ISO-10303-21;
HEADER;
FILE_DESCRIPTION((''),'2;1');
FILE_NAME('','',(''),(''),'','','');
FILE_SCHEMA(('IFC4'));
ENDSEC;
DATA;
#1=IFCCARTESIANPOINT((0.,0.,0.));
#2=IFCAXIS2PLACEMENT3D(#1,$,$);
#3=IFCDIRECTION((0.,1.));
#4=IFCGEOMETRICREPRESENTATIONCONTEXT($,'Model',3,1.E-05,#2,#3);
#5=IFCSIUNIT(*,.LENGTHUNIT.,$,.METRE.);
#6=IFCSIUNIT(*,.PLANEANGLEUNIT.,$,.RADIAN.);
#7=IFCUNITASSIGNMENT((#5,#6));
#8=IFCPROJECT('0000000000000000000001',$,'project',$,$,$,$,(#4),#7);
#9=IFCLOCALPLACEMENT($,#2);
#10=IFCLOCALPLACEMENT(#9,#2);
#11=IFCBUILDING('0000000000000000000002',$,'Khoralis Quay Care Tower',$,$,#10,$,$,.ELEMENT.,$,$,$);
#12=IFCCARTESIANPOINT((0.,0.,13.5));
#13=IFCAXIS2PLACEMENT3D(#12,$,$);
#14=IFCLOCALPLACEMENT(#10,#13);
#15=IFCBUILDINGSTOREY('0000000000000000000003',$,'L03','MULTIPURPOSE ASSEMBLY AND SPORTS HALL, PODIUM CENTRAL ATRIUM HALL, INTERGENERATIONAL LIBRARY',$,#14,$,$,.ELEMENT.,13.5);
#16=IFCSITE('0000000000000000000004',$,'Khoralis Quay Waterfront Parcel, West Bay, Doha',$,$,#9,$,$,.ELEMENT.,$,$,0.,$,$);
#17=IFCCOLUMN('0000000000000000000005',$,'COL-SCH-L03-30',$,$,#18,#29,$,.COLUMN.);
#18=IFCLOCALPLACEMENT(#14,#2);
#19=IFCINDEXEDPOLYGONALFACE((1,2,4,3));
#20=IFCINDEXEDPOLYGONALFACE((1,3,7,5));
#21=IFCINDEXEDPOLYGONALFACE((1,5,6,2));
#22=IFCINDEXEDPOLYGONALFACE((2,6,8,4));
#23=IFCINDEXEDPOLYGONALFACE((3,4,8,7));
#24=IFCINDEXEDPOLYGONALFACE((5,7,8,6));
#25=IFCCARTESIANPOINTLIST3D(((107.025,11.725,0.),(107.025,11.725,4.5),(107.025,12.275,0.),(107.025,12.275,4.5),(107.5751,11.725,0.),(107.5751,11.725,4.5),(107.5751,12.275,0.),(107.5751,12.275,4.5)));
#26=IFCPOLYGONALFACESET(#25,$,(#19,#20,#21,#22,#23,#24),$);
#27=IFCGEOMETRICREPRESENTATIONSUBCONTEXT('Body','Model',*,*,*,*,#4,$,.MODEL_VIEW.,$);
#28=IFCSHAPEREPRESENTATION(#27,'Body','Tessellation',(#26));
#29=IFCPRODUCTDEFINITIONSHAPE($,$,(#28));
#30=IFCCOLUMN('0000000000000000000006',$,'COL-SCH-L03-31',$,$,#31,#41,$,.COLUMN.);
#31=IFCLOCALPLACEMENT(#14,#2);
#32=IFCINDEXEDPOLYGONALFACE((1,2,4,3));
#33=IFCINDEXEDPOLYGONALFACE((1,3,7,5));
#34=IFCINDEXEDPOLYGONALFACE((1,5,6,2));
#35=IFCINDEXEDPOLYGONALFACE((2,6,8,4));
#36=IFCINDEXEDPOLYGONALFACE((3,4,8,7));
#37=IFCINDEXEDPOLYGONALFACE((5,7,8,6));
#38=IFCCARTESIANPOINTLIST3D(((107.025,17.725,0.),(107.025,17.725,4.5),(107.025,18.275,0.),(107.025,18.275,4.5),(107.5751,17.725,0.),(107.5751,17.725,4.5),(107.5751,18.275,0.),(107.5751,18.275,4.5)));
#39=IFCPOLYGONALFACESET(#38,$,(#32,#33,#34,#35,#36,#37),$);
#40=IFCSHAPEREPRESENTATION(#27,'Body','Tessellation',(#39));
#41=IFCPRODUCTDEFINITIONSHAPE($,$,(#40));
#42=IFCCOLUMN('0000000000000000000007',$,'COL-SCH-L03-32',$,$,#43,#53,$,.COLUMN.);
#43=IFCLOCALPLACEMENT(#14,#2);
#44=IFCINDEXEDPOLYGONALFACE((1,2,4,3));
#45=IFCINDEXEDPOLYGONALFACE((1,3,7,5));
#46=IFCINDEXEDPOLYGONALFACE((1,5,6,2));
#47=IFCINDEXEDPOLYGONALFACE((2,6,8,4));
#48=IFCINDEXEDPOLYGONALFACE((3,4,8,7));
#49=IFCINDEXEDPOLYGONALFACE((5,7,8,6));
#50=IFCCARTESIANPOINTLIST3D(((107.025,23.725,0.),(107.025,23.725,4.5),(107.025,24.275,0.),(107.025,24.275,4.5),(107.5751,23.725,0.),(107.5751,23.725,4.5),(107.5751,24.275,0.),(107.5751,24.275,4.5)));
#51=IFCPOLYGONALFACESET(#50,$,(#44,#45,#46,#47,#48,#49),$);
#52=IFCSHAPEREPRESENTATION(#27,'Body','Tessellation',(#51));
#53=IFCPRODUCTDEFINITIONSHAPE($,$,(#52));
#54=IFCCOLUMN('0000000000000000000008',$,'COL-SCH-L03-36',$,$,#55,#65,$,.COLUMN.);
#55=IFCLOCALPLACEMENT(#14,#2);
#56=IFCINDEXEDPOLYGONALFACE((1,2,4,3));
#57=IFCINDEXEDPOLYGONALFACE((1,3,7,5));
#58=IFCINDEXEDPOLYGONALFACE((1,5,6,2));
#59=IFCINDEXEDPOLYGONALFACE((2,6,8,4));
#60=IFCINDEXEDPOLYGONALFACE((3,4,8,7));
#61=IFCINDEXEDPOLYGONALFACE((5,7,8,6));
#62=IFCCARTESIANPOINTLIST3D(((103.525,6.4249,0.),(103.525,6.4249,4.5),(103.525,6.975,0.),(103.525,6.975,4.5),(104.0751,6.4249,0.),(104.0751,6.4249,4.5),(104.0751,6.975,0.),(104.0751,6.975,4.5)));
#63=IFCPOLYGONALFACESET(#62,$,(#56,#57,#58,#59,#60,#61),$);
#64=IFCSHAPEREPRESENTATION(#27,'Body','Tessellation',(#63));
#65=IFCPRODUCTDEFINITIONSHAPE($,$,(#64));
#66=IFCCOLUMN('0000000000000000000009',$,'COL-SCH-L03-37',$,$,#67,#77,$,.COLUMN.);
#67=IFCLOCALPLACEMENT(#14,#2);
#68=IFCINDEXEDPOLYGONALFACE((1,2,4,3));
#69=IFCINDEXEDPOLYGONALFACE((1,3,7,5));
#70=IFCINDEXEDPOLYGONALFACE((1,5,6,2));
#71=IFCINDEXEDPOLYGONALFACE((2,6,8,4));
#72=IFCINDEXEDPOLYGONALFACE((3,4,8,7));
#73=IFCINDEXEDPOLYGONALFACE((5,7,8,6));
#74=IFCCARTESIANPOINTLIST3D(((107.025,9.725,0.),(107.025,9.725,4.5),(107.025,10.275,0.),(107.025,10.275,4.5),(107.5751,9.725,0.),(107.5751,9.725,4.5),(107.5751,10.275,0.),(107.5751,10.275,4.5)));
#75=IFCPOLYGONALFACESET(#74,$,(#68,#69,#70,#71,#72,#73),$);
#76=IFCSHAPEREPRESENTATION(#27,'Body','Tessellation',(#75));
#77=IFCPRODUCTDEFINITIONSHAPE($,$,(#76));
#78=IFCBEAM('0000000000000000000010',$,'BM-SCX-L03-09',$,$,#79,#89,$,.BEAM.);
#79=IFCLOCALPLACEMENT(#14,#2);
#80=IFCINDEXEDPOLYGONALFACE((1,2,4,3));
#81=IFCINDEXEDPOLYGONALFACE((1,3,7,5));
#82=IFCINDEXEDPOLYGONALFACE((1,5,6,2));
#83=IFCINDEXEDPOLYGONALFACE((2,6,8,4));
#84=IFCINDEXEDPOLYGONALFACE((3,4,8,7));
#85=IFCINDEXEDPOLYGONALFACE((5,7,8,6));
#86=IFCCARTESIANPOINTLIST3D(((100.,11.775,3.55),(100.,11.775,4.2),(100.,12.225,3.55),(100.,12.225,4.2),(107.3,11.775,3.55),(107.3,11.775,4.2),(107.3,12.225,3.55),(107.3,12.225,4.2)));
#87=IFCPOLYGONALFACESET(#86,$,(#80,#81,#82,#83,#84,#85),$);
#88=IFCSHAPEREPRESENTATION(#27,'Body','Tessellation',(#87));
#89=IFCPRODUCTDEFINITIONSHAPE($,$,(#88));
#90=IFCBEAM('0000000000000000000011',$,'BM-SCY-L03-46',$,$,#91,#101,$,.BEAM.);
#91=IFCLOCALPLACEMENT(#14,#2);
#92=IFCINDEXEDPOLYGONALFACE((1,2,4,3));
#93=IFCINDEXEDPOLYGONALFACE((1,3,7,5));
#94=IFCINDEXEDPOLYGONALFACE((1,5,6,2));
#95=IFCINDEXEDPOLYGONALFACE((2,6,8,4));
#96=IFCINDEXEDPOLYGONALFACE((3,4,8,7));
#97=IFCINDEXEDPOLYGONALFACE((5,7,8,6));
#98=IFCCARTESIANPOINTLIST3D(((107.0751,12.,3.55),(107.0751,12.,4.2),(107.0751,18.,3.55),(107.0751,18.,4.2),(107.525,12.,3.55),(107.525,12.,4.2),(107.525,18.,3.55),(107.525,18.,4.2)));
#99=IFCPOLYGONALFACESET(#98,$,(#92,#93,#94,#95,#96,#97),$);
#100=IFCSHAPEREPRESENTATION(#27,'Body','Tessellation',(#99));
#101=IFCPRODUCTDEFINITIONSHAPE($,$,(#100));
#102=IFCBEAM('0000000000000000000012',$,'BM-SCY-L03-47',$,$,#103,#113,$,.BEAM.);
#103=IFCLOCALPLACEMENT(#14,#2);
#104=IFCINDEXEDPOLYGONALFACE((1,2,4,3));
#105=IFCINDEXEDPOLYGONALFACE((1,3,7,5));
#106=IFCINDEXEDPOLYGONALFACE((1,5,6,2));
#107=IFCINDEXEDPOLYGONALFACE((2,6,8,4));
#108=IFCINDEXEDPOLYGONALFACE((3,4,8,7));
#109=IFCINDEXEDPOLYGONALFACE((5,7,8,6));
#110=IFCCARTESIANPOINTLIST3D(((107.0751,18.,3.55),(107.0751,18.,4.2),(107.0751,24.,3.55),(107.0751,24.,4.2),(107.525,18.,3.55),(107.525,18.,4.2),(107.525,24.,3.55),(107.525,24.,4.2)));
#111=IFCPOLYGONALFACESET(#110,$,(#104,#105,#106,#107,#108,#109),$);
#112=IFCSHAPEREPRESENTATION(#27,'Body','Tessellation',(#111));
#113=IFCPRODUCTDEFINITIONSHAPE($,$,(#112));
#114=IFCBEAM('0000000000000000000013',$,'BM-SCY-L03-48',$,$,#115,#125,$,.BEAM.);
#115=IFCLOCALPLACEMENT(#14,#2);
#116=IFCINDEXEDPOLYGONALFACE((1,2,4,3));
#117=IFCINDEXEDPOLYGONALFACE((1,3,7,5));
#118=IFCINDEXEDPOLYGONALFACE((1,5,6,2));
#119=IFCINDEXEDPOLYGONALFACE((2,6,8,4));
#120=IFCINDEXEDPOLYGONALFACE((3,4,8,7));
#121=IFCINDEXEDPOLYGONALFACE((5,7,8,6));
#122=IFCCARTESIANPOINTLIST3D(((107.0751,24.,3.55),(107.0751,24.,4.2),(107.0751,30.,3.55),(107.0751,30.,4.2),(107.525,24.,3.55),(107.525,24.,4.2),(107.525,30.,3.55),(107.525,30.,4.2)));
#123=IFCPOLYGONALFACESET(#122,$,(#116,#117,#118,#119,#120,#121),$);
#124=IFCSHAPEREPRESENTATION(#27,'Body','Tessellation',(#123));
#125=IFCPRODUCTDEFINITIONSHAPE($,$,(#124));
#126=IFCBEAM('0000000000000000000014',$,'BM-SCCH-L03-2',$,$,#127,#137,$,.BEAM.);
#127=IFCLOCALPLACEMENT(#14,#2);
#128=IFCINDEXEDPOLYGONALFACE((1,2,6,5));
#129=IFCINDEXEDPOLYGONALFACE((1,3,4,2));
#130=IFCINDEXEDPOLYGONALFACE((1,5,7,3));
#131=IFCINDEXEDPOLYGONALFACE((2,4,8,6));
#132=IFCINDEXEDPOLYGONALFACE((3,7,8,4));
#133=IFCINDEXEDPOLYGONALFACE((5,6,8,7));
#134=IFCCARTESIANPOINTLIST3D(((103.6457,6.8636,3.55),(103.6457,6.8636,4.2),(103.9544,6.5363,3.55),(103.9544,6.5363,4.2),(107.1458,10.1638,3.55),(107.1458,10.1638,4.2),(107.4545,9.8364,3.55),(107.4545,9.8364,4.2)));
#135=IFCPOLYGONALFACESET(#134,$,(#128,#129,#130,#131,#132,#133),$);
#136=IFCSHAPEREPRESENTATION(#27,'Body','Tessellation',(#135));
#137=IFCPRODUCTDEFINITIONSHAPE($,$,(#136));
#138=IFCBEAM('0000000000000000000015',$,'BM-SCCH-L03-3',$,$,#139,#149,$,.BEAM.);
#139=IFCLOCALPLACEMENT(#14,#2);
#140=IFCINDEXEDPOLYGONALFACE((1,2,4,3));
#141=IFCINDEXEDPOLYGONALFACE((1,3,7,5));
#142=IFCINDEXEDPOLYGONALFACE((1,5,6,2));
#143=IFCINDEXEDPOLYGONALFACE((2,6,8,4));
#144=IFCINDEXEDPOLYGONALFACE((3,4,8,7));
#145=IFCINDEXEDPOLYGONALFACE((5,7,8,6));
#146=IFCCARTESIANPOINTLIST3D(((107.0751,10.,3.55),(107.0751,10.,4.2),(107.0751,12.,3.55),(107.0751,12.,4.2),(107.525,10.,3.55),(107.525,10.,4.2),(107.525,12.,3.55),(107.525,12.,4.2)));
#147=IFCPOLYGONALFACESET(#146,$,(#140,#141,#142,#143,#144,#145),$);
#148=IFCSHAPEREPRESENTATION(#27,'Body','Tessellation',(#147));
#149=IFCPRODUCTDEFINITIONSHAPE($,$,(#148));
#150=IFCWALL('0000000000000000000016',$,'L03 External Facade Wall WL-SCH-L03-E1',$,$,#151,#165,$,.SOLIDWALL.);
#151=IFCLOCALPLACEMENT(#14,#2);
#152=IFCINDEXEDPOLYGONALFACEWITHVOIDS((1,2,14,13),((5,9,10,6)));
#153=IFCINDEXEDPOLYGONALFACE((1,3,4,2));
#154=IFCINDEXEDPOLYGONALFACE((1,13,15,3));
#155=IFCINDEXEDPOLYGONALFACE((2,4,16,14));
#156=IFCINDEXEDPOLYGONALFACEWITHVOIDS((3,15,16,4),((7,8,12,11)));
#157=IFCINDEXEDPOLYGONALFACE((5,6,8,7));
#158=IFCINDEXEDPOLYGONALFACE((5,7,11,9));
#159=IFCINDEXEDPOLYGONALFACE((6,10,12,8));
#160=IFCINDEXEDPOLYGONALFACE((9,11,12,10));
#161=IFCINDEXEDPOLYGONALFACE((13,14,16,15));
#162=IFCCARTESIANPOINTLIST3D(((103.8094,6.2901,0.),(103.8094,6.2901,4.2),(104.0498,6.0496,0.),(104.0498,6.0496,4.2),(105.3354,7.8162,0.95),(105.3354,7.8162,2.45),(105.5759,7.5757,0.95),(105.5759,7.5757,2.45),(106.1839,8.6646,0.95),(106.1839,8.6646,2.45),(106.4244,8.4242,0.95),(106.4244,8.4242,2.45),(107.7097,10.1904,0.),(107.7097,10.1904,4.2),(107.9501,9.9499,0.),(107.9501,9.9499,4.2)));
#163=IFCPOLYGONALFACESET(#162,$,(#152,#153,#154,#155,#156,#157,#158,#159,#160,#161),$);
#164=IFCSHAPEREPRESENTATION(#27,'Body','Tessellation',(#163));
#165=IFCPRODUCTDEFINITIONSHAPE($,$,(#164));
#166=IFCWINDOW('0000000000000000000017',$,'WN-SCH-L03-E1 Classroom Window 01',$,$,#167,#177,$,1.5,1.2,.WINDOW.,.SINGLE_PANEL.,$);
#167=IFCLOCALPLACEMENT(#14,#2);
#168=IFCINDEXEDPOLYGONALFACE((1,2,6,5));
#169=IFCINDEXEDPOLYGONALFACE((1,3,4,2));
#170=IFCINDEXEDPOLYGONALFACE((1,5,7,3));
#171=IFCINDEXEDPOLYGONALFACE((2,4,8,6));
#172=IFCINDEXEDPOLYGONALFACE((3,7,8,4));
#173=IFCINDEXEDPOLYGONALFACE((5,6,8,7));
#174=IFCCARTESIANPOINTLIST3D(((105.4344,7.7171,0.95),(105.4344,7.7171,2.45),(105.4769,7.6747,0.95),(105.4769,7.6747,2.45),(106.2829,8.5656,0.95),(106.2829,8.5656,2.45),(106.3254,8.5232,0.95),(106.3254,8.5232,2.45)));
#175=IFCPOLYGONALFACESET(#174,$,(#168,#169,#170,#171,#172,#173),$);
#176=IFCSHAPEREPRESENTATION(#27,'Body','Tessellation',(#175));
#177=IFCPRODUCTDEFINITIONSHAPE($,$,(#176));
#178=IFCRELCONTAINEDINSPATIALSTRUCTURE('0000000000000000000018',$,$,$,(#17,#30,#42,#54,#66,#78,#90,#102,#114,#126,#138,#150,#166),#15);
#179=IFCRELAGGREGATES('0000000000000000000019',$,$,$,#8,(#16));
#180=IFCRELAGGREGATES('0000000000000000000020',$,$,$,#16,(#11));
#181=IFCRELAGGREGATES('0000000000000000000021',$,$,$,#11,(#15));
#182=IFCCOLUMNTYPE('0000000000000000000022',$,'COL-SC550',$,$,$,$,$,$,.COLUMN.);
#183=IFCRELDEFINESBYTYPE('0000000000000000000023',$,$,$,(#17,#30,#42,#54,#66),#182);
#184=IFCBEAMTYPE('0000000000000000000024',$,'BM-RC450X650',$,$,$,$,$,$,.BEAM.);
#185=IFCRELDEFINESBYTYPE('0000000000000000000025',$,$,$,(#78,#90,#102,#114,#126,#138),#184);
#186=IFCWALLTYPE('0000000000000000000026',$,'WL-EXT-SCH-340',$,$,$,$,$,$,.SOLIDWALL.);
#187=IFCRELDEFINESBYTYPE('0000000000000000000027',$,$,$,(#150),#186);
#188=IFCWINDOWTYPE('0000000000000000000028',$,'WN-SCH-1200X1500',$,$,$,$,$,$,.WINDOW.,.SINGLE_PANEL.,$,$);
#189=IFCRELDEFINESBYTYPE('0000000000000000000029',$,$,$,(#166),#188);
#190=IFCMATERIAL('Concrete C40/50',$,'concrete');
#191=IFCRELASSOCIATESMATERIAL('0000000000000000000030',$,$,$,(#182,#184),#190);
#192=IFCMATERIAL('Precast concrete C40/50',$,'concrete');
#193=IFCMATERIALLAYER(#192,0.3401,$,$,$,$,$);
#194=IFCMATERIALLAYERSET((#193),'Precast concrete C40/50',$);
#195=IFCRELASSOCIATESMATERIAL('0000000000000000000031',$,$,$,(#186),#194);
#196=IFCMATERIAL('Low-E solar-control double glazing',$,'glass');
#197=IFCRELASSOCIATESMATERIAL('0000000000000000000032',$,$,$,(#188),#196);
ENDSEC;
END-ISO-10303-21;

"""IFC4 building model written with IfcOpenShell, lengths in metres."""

from ifc_helpers import new_model, si_unit, direction, frame, frame_2d, origin, origin_2d, place, context, subcontext, project, spatial, rectangle, extrude, source, transform, mapped, material, layer, layer_set, material_profile, profile_set, type_object, element, fill, save


model = new_model("IFC4")

# Units and contexts
model_context = context("Model", 3, precision=1e-05, world=origin(), true_north=direction((0.0, 1.0)))
body_context = subcontext(model_context, "Body", "Model", "MODEL_VIEW")
ifc_project = project(units=[si_unit("LENGTHUNIT", "METRE"), si_unit("PLANEANGLEUNIT", "RADIAN")], contexts=[model_context])

# Site, building, storey
site_placement = place(None, origin())
site = spatial("IfcSite", under=ifc_project, at=site_placement, Name="Khoralis Quay Waterfront Parcel, West Bay, Doha", CompositionType="ELEMENT", RefElevation=0.0)
building_placement = place(site_placement, origin())
building = spatial("IfcBuilding", under=site, at=building_placement, Name="Khoralis Quay Care Tower", CompositionType="ELEMENT")
storey_placement = place(building_placement, frame((0.0, 0.0, 13.5)))
storey = spatial("IfcBuildingStorey", under=building, at=storey_placement, Name="L03", Description="MULTIPURPOSE ASSEMBLY AND SPORTS HALL, PODIUM CENTRAL ATRIUM HALL, INTERGENERATIONAL LIBRARY", CompositionType="ELEMENT", Elevation=13.5)

# Columns
ifc_material_1 = material(Name="Concrete C40/50", Category="concrete")
ifc_material_profile_1 = material_profile(ifc_material_1, rectangle(XDim=0.55, YDim=0.55, at=origin_2d()), Name="Concrete C40/50")
ifc_profile_set_1 = profile_set([ifc_material_profile_1], Name="Concrete C40/50")
column_type = type_object("IfcColumnType", Name="COL-SC550", PredefinedType="COLUMN", material=ifc_profile_set_1)
shared_shape_1 = source(origin(), body_context, "Body", "SweptSolid", [
    extrude(rectangle(XDim=0.55, YDim=0.55, at=origin_2d()), origin(), (0.0, 0.0, 1.0), 4.5),
])
for number, where, z_axis, x_axis, name in (
    (1, (107.3, 12.0, 0.0), (0.0, 0.0, 1.0), (1.0, 0.0, 0.0), "COL-SCH-L03-30"),
    (2, (107.3, 18.0, 0.0), (0.0, 0.0, 1.0), (1.0, 0.0, 0.0), "COL-SCH-L03-31"),
    (3, (107.3, 24.0, 0.0), (0.0, 0.0, 1.0), (1.0, 0.0, 0.0), "COL-SCH-L03-32"),
    (4, (103.8, 6.7, 0.0), (0.0, 0.0, 1.0), (1.0, 0.0, 0.0), "COL-SCH-L03-36"),
    (5, (107.3, 10.0, 0.0), (0.0, 0.0, 1.0), (1.0, 0.0, 0.0), "COL-SCH-L03-37"),
):
    element("IfcColumn", number, at=place(storey_placement, frame(where, z_axis=z_axis, x_axis=x_axis)), inside=storey, type_object=column_type, Name=name, PredefinedType="COLUMN", context=body_context, shape_type="MappedRepresentation", body=[
        mapped(shared_shape_1, transform((0.0, 0.0, 0.0), scale=1.0)),
    ])

# Beams
ifc_material_profile_2 = material_profile(ifc_material_1, rectangle(XDim=0.45, YDim=0.6499, at=origin_2d()), Name="Concrete C40/50")
ifc_profile_set_2 = profile_set([ifc_material_profile_2], Name="Concrete C40/50")
beam_type = type_object("IfcBeamType", Name="BM-RC450X650", PredefinedType="BEAM", material=ifc_profile_set_2)
shared_shape_2 = source(origin(), body_context, "Body", "SweptSolid", [
    extrude(rectangle(XDim=0.45, YDim=0.6499, at=origin_2d()), origin(), (0.0, 0.0, 1.0), 7.3),
])
beam_1_placement = place(storey_placement, frame((100.0, 12.0, 3.875), z_axis=(1.0, 0.0, 0.0), x_axis=(0.0, 1.0, 0.0)))
element("IfcBeam", 6, at=beam_1_placement, inside=storey, type_object=beam_type, Name="BM-SCX-L03-09", PredefinedType="BEAM", context=body_context, shape_type="MappedRepresentation", body=[
    mapped(shared_shape_2, transform((0.0, 0.0, 0.0), scale=1.0)),
])
shared_shape_3 = source(origin(), body_context, "Body", "SweptSolid", [
    extrude(rectangle(XDim=0.45, YDim=0.6499, at=origin_2d()), origin(), (0.0, 0.0, 1.0), 6.0),
])
for number, where, z_axis, x_axis, name in (
    (7, (107.3, 12.0, 3.875), (0.0, 1.0, 0.0), (-1.0, 0.0, 0.0), "BM-SCY-L03-46"),
    (8, (107.3, 18.0, 3.875), (0.0, 1.0, 0.0), (-1.0, 0.0, 0.0), "BM-SCY-L03-47"),
    (9, (107.3, 24.0, 3.875), (0.0, 1.0, 0.0), (-1.0, 0.0, 0.0), "BM-SCY-L03-48"),
):
    element("IfcBeam", number, at=place(storey_placement, frame(where, z_axis=z_axis, x_axis=x_axis)), inside=storey, type_object=beam_type, Name=name, PredefinedType="BEAM", context=body_context, shape_type="MappedRepresentation", body=[
        mapped(shared_shape_3, transform((0.0, 0.0, 0.0), scale=1.0)),
    ])
shared_shape_4 = source(origin(), body_context, "Body", "SweptSolid", [
    extrude(rectangle(XDim=0.45, YDim=0.6499, at=origin_2d()), origin(), (0.0, 0.0, 1.0), 4.8105),
])
beam_2_placement = place(storey_placement, frame((103.8, 6.7, 3.875), z_axis=(0.727584, 0.686018, 0.0), x_axis=(-0.686018, 0.727584, 0.0)))
element("IfcBeam", 10, at=beam_2_placement, inside=storey, type_object=beam_type, Name="BM-SCCH-L03-2", PredefinedType="BEAM", context=body_context, shape_type="MappedRepresentation", body=[
    mapped(shared_shape_4, transform((0.0, 0.0, 0.0), scale=1.0)),
])
shared_shape_5 = source(origin(), body_context, "Body", "SweptSolid", [
    extrude(rectangle(XDim=0.45, YDim=0.6499, at=origin_2d()), origin(), (0.0, 0.0, 1.0), 2.0),
])
beam_3_placement = place(storey_placement, frame((107.3, 10.0, 3.875), z_axis=(0.0, 1.0, 0.0), x_axis=(-1.0, 0.0, 0.0)))
element("IfcBeam", 11, at=beam_3_placement, inside=storey, type_object=beam_type, Name="BM-SCCH-L03-3", PredefinedType="BEAM", context=body_context, shape_type="MappedRepresentation", body=[
    mapped(shared_shape_5, transform((0.0, 0.0, 0.0), scale=1.0)),
])

# Wall, opening, window
ifc_material_2 = material(Name="Precast concrete C40/50", Category="concrete")
ifc_layer = layer(ifc_material_2, 0.3401)
ifc_layer_set = layer_set([ifc_layer], Name="Precast concrete C40/50")
wall_type = type_object("IfcWallType", Name="WL-EXT-SCH-340", PredefinedType="SOLIDWALL", material=ifc_layer_set)
wall_1_placement = place(storey_placement, frame((103.9297, 6.1699, 0.0), z_axis=(0.0, 0.0, 1.0), x_axis=(0.707107, 0.707107, 0.0)))
wall_1 = element("IfcWall", 12, at=wall_1_placement, inside=storey, type_object=wall_type, Name="L03 External Facade Wall WL-SCH-L03-E1", PredefinedType="SOLIDWALL", context=body_context, shape_type="SweptSolid", body=[
    extrude(rectangle(XDim=5.5159, YDim=0.3401, at=frame_2d((2.7578, 0.0))), origin(), (0.0, 0.0, 1.0), 4.2),
])
opening_1_placement = place(wall_1_placement, frame((2.158, 0.0, 0.95)))
opening_1 = element("IfcOpeningElement", 13, at=opening_1_placement, cuts=wall_1, PredefinedType="OPENING", context=body_context, shape_type="SweptSolid", body=[
    extrude(rectangle(XDim=1.2, YDim=1.5, at=frame_2d((0.6001, 0.75))), frame((0.0, 0.1802, 0.0), z_axis=(0.0, -1.0, 0.0), x_axis=(1.0, 0.0, 0.0)), (0.0, 0.0, 1.0), 0.3601),
])
ifc_material_3 = material(Name="Low-E solar-control double glazing", Category="glass")
window_type = type_object("IfcWindowType", Name="WN-SCH-1200X1500", PartitioningType="SINGLE_PANEL", PredefinedType="WINDOW", material=ifc_material_3)
shared_shape_6 = source(origin(), body_context, "Body", "SweptSolid", [
    extrude(rectangle(XDim=1.2, YDim=1.5, at=frame_2d((0.6001, 0.75))), frame((0.0, 0.03, 0.0), z_axis=(0.0, -1.0, 0.0), x_axis=(1.0, 0.0, 0.0)), (0.0, 0.0, 1.0), 0.0601),
])
window_1_placement = place(opening_1_placement, origin())
window_1 = element("IfcWindow", 14, at=window_1_placement, inside=storey, type_object=window_type, Name="WN-SCH-L03-E1 Classroom Window 01", OverallHeight=1.5, OverallWidth=1.2, PartitioningType="SINGLE_PANEL", PredefinedType="WINDOW", context=body_context, shape_type="MappedRepresentation", body=[
    mapped(shared_shape_6, transform((0.0, 0.0, 0.0), scale=1.0)),
])
fill(opening_1, window_1)

save(model, "model.ifc")
